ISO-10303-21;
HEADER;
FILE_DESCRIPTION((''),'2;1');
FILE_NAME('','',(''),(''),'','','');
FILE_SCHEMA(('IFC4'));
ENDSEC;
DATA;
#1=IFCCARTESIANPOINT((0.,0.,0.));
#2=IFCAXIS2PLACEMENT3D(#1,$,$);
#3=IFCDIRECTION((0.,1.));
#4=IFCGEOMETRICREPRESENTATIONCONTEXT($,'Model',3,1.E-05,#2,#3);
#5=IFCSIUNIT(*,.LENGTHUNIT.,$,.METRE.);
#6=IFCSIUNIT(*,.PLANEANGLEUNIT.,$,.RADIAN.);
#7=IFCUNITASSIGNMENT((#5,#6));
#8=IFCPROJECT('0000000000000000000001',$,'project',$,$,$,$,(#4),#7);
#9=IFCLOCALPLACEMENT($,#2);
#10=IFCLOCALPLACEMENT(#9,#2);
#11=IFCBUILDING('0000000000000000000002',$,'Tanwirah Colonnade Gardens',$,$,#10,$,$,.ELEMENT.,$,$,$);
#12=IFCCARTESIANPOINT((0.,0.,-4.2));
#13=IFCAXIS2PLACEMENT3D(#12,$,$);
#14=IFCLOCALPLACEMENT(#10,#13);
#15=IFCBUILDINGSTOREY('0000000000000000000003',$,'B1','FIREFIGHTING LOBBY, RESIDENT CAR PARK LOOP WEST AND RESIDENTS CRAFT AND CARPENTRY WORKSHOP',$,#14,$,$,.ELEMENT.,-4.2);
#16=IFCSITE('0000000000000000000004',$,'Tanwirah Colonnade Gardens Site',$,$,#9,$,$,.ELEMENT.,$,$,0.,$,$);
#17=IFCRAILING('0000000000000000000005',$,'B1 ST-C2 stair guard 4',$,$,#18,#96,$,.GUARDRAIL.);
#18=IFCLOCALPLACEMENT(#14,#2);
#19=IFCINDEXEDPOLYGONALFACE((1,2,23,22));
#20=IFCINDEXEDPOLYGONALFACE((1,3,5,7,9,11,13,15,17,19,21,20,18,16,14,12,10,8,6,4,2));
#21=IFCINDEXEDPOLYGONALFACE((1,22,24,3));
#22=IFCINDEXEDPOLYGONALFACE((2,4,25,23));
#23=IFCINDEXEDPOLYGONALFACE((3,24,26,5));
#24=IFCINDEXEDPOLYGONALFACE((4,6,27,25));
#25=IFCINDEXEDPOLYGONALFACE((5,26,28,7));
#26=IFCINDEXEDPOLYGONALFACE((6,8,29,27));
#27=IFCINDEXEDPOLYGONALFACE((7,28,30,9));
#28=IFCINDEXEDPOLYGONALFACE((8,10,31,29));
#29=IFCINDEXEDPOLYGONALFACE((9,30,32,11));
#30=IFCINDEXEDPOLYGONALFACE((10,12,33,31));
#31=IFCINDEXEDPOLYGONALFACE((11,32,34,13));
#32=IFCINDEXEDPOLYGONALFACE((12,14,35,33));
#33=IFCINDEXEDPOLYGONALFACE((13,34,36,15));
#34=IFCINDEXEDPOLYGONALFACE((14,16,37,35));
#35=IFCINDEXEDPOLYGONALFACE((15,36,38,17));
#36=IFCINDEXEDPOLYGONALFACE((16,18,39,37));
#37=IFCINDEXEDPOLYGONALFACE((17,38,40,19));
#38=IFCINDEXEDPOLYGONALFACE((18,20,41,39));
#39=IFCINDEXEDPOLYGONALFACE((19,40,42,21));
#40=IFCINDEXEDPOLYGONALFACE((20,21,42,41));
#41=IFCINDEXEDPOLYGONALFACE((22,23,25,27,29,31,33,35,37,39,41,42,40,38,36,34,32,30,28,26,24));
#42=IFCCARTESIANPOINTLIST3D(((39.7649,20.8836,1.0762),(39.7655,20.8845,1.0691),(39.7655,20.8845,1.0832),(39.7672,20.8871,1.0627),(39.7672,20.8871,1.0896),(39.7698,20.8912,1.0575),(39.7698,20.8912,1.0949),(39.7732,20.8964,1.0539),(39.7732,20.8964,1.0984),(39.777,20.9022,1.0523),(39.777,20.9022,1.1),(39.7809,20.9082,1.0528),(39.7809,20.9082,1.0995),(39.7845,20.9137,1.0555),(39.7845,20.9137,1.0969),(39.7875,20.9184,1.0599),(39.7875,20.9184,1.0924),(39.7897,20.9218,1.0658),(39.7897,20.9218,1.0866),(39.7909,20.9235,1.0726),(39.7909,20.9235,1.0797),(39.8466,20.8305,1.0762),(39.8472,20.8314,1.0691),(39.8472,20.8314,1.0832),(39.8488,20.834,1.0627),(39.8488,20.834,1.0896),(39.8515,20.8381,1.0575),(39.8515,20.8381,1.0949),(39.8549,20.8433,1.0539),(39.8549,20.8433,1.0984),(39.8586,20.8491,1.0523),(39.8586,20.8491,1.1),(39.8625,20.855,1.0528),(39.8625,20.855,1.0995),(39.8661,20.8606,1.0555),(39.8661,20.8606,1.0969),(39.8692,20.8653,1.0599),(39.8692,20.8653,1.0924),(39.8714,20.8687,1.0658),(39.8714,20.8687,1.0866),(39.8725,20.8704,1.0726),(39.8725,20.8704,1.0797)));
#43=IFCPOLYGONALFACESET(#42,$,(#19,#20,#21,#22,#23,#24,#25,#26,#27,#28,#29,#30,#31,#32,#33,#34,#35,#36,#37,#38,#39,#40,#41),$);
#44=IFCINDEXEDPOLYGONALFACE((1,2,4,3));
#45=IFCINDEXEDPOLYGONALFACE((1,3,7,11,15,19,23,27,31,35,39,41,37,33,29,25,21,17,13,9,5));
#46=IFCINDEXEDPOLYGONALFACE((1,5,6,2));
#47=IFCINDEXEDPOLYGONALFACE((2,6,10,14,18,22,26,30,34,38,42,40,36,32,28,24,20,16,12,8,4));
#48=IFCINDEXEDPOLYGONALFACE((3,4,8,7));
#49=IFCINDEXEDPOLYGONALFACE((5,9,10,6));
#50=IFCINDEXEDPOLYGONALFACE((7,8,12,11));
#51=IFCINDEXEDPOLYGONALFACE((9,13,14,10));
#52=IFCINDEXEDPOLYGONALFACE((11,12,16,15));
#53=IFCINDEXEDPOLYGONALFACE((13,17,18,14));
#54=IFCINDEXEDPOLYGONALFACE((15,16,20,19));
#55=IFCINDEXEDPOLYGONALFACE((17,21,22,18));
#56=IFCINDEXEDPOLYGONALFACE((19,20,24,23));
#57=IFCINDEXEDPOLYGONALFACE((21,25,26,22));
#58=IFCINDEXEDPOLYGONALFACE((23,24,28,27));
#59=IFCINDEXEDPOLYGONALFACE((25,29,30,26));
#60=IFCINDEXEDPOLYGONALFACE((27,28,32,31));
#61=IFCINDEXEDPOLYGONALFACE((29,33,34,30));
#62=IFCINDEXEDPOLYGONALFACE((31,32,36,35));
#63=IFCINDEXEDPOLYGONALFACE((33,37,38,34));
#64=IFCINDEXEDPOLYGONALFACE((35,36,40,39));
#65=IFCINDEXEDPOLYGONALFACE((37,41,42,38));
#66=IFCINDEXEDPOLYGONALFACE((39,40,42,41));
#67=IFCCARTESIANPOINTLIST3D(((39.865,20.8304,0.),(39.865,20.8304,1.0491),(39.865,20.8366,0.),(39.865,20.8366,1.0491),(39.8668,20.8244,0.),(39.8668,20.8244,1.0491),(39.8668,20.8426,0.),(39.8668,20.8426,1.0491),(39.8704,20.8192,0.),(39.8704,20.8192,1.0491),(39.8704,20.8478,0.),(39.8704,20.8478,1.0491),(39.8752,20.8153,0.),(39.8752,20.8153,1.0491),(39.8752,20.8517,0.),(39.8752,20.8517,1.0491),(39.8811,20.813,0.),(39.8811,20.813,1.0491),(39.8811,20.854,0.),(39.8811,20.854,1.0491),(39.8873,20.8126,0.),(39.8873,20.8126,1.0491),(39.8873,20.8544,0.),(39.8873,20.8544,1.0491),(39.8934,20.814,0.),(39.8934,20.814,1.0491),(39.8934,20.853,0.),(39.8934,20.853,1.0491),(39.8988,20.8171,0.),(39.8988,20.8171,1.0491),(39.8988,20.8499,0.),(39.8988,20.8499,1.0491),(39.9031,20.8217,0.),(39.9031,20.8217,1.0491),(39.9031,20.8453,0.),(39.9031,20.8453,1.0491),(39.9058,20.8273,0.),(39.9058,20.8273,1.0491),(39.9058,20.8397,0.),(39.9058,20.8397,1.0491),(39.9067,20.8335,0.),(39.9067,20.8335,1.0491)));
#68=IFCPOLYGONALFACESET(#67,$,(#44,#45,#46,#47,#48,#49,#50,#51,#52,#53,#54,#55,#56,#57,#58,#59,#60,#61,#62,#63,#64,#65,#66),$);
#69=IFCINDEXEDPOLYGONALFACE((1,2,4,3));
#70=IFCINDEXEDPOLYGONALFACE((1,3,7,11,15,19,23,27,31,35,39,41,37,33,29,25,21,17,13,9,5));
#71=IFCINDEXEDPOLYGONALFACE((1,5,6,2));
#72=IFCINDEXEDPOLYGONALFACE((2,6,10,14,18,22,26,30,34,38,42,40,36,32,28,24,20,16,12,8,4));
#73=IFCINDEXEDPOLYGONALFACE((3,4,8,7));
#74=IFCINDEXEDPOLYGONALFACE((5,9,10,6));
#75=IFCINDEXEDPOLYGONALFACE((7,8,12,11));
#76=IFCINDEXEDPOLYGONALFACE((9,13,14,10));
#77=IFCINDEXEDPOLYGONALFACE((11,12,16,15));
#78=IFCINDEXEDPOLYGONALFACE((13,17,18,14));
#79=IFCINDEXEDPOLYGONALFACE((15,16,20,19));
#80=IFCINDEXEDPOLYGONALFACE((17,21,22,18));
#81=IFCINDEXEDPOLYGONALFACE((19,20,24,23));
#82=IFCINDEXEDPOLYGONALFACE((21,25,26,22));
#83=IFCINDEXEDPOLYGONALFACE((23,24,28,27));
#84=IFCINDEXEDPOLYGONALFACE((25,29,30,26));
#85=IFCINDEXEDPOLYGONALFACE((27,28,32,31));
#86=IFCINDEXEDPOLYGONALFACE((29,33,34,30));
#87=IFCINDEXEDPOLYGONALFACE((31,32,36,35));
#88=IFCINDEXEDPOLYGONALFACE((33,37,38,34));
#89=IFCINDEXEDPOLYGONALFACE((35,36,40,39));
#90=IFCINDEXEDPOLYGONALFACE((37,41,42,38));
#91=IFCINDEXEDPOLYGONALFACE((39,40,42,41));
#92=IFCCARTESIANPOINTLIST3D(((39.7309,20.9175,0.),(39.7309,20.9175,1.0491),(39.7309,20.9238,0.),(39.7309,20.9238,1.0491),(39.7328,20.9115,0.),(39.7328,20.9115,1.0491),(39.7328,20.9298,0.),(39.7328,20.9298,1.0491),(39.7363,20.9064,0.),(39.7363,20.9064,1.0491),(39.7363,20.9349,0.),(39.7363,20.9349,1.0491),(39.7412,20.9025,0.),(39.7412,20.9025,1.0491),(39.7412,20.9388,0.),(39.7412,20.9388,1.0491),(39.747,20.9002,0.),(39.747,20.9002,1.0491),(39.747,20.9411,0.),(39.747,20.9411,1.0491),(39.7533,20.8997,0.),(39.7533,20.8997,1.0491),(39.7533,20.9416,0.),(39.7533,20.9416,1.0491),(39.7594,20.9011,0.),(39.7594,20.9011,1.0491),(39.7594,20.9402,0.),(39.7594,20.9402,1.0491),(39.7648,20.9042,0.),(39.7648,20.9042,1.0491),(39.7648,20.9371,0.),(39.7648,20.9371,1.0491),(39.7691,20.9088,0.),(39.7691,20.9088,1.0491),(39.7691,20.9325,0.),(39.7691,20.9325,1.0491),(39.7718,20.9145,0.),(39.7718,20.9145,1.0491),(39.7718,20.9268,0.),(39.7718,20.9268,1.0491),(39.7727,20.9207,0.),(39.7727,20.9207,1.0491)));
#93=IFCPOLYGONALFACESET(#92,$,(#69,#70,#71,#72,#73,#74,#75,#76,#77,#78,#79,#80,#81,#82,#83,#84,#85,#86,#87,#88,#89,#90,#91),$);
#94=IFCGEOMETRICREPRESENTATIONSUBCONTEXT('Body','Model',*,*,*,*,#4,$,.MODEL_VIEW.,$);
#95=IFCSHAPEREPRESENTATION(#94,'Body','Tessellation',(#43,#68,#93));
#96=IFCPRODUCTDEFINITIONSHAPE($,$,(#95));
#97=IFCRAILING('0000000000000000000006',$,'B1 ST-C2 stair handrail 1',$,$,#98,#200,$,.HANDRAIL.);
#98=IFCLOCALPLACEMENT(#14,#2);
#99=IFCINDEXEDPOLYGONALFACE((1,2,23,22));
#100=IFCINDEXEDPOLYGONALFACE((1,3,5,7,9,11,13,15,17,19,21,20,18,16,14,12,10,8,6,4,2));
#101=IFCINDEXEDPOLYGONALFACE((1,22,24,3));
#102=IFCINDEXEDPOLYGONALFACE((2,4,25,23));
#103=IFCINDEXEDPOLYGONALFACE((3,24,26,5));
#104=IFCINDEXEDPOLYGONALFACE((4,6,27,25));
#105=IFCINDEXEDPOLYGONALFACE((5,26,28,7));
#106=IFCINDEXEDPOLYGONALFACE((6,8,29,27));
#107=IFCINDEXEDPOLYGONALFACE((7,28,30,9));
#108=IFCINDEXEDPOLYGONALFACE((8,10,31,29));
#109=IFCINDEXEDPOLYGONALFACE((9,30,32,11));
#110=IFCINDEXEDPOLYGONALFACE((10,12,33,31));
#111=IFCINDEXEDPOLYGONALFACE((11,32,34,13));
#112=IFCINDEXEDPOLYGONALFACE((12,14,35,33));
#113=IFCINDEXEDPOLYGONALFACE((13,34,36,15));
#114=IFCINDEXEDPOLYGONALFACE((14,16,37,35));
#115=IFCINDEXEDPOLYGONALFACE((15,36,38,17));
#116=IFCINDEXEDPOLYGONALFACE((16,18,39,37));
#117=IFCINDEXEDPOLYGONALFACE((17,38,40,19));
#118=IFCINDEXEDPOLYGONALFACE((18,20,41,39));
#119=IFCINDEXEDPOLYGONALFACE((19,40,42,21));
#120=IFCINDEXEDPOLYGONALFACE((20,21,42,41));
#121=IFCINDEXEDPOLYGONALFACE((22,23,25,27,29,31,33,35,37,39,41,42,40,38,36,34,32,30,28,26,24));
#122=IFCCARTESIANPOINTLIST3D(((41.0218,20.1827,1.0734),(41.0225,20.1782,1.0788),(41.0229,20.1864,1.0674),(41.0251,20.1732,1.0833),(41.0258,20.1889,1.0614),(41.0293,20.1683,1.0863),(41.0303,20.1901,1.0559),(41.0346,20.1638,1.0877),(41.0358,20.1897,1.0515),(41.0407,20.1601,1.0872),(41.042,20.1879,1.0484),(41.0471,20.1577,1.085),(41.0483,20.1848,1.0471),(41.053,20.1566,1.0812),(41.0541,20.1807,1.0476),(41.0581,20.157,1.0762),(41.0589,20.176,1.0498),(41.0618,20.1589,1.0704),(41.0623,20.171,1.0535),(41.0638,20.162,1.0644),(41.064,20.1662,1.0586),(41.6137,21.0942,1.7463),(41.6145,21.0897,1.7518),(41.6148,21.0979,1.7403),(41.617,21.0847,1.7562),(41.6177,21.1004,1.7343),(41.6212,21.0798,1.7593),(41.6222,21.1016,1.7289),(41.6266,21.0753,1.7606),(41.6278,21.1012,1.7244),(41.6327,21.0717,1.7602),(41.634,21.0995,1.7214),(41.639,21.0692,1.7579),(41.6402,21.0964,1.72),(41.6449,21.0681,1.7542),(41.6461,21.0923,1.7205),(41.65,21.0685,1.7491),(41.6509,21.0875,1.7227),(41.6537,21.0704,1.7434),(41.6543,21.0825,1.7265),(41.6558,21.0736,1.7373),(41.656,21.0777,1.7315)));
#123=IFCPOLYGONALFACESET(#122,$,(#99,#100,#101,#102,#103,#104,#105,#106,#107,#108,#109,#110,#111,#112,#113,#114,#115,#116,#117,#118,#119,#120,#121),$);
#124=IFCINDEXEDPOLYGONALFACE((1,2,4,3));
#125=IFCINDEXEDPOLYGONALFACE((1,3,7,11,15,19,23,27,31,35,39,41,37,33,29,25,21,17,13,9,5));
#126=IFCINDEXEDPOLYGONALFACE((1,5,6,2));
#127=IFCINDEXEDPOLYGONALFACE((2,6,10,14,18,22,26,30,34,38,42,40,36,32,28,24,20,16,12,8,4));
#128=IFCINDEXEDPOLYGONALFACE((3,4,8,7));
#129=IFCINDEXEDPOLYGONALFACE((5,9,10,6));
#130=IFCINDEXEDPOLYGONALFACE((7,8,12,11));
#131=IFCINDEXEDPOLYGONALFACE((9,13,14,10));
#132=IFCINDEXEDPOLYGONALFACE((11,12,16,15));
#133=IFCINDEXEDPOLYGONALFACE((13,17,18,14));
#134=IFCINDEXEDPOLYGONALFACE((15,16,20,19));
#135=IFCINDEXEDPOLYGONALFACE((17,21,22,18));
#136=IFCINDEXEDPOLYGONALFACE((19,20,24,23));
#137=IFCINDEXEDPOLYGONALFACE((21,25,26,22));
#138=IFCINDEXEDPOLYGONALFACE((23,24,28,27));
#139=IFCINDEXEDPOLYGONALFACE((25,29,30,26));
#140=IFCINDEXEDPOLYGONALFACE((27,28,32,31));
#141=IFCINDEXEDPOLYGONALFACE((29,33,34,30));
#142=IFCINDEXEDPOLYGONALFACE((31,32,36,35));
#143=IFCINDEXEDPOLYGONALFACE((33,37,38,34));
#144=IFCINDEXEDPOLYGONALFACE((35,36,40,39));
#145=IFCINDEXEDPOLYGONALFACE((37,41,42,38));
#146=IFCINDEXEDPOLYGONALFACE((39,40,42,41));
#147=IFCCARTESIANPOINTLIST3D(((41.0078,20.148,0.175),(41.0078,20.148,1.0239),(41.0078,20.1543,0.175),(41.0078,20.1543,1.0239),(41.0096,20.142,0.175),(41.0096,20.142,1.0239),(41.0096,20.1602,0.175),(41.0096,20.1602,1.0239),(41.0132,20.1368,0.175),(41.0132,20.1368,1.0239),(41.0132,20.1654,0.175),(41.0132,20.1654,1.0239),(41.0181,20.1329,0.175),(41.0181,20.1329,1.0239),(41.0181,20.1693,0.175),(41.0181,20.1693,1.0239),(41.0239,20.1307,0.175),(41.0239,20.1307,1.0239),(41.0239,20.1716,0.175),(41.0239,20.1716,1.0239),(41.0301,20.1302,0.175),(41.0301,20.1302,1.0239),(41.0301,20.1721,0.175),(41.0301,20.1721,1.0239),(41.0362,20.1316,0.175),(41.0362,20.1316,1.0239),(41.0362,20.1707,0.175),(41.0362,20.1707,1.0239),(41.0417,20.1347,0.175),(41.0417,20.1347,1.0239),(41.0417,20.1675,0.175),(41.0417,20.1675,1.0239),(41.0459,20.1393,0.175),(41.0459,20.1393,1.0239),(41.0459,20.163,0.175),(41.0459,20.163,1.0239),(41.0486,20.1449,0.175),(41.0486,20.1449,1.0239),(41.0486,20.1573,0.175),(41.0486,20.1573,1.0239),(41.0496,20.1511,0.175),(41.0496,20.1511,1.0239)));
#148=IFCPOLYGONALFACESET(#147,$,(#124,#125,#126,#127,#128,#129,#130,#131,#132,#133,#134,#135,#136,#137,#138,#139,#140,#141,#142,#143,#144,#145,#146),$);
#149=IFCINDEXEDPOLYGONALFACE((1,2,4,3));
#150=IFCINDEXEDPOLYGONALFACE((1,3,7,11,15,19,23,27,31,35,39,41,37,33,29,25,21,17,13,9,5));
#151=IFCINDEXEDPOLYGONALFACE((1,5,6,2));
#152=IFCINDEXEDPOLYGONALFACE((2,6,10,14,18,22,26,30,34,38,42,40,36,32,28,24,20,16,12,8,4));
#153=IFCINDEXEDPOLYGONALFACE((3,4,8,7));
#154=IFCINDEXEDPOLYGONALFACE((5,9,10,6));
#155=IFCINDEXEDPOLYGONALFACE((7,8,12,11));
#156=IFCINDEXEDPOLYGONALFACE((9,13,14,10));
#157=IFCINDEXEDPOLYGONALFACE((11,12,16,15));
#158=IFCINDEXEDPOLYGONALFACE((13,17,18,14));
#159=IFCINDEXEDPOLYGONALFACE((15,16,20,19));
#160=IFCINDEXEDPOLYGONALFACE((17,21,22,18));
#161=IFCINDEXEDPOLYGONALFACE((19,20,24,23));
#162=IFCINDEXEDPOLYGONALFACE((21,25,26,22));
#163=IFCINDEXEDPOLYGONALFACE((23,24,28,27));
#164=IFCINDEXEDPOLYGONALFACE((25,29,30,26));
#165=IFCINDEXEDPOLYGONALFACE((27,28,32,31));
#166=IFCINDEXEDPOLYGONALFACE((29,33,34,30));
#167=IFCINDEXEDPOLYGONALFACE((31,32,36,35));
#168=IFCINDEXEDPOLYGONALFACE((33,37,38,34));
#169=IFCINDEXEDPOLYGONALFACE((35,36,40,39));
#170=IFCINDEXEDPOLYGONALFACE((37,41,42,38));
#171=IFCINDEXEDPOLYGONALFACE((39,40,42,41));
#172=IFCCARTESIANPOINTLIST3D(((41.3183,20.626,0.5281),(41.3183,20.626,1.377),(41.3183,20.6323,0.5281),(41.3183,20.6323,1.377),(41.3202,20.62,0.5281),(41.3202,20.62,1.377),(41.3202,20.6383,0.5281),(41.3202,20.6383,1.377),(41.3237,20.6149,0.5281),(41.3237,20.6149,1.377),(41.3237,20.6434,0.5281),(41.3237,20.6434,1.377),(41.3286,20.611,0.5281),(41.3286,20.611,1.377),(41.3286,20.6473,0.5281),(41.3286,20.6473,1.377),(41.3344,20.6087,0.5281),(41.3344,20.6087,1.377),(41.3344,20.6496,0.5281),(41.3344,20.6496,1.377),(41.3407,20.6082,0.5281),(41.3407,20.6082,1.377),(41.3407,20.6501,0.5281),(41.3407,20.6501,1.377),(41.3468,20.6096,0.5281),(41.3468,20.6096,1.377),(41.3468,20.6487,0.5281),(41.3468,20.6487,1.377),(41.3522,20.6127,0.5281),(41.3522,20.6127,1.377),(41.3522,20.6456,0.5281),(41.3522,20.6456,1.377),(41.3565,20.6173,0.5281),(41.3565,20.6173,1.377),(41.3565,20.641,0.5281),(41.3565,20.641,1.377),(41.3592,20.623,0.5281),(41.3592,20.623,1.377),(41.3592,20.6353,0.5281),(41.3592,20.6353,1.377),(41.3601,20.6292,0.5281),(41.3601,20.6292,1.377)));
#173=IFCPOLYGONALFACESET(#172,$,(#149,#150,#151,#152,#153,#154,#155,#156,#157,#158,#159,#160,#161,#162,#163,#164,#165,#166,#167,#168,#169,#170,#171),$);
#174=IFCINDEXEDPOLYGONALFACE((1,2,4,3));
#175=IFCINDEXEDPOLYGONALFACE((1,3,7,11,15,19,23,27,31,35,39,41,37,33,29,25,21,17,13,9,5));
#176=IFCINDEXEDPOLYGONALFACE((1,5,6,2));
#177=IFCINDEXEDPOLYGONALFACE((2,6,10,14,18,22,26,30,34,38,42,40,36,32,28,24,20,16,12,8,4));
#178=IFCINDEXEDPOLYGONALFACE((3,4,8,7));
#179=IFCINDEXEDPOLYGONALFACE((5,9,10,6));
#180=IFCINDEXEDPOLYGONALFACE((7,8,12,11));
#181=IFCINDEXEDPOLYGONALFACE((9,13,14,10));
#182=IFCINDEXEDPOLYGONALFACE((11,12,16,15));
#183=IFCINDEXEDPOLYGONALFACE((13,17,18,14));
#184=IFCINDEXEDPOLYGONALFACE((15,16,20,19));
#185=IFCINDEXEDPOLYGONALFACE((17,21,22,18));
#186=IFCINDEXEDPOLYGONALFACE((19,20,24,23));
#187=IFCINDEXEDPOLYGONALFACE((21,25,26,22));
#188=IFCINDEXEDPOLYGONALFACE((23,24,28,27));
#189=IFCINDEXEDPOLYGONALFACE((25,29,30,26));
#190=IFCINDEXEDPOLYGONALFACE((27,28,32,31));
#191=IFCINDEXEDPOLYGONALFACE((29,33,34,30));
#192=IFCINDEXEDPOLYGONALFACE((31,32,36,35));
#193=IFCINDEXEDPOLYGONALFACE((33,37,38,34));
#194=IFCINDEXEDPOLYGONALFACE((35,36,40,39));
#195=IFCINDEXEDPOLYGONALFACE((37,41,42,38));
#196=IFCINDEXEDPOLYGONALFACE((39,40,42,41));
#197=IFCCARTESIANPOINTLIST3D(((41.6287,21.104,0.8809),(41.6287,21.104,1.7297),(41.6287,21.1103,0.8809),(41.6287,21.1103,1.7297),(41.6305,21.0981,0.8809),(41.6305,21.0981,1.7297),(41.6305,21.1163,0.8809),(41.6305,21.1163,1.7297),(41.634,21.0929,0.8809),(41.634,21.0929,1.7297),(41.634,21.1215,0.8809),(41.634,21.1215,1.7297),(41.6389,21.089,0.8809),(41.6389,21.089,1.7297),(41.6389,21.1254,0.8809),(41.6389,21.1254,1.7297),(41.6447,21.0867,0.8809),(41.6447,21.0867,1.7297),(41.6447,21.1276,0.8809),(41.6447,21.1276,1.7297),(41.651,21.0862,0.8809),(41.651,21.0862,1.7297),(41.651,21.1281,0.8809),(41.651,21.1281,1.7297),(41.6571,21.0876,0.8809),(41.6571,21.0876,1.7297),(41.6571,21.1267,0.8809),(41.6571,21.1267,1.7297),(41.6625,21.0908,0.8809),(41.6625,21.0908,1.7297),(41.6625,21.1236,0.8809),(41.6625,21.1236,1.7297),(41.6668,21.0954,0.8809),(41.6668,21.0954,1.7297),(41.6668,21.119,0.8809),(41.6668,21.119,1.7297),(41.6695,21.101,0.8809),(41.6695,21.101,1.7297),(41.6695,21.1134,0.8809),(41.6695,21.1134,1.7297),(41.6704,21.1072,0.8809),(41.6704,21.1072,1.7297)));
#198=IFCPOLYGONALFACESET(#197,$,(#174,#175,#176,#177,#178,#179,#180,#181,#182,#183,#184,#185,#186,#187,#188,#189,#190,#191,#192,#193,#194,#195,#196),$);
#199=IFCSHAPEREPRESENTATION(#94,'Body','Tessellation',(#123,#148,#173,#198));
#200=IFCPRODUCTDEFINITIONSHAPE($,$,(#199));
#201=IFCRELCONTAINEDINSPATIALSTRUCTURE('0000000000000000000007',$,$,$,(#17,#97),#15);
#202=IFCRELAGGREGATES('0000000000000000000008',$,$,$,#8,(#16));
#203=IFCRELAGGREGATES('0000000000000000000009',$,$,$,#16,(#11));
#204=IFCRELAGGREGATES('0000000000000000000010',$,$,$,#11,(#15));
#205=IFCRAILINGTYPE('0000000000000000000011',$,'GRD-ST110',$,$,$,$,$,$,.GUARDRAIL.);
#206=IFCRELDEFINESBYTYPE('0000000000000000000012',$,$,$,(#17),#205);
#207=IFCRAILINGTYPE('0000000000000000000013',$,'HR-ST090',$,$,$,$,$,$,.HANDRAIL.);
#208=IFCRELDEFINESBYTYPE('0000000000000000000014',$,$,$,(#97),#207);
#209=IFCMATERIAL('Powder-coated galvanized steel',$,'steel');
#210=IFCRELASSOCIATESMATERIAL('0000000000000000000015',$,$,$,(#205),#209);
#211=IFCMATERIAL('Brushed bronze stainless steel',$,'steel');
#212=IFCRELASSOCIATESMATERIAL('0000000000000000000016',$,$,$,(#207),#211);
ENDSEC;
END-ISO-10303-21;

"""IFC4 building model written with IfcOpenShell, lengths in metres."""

from ifc_helpers import new_model, si_unit, direction, frame, origin, origin_2d, place, context, subcontext, project, spatial, circle, extrude, material, type_object, element, save


model = new_model("IFC4")

# Units and contexts
model_context = context("Model", 3, precision=1e-05, world=origin(), true_north=direction((0.0, 1.0)))
body_context = subcontext(model_context, "Body", "Model", "MODEL_VIEW")
ifc_project = project(units=[si_unit("LENGTHUNIT", "METRE"), si_unit("PLANEANGLEUNIT", "RADIAN")], contexts=[model_context])

# Site, building, storey
site_placement = place(None, origin())
site = spatial("IfcSite", under=ifc_project, at=site_placement, Name="Tanwirah Colonnade Gardens Site", CompositionType="ELEMENT", RefElevation=0.0)
building_placement = place(site_placement, origin())
building = spatial("IfcBuilding", under=site, at=building_placement, Name="Tanwirah Colonnade Gardens", CompositionType="ELEMENT")
storey_placement = place(building_placement, frame((0.0, 0.0, -4.2)))
storey = spatial("IfcBuildingStorey", under=building, at=storey_placement, Name="B1", Description="FIREFIGHTING LOBBY, RESIDENT CAR PARK LOOP WEST AND RESIDENTS CRAFT AND CARPENTRY WORKSHOP", CompositionType="ELEMENT", Elevation=-4.2)

# Railings
ifc_material_1 = material(Name="Powder-coated galvanized steel", Category="steel")
railing_type_1 = type_object("IfcRailingType", Name="GRD-ST110", PredefinedType="GUARDRAIL", material=ifc_material_1)
railing_1_placement = place(storey_placement, frame((39.8857, 20.8335, 0.0)))
element("IfcRailing", 1, at=railing_1_placement, inside=storey, type_object=railing_type_1, Name="B1 ST-C2 stair guard 4", PredefinedType="GUARDRAIL", context=body_context, shape_type="SweptSolid", body=[
    extrude(circle(Radius=0.0239, at=origin_2d()), frame((-0.0261, 0.0171, 1.0762), z_axis=(-0.838339, 0.545149, 0.0), x_axis=(-0.545149, -0.838339, 0.0)), (0.0, 0.0, 1.0), 0.0974),
    extrude(circle(Radius=0.021, at=origin_2d()), origin(), (0.0, 0.0, 1.0), 1.0491),
    extrude(circle(Radius=0.021, at=origin_2d()), frame((-0.134, 0.0872, 0.0)), (0.0, 0.0, 1.0), 1.0491),
])
ifc_material_2 = material(Name="Brushed bronze stainless steel", Category="steel")
railing_type_2 = type_object("IfcRailingType", Name="HR-ST090", PredefinedType="HANDRAIL", material=ifc_material_2)
railing_2_placement = place(storey_placement, frame((41.0286, 20.1511, 0.175)))
element("IfcRailing", 2, at=railing_2_placement, inside=storey, type_object=railing_type_2, Name="B1 ST-C2 stair handrail 1", PredefinedType="HANDRAIL", context=body_context, shape_type="SweptSolid", body=[
    extrude(circle(Radius=0.0239, at=origin_2d()), frame((0.0144, 0.0222, 0.8923), z_axis=(0.463055, 0.713064, 0.526422), x_axis=(-0.838678, 0.544627, 0.0)), (0.0, 0.0, 1.0), 1.2783),
    extrude(circle(Radius=0.021, at=origin_2d()), origin(), (0.0, 0.0, 1.0), 0.8489),
    extrude(circle(Radius=0.021, at=origin_2d()), frame((0.3105, 0.478, 0.353)), (0.0, 0.0, 1.0), 0.8489),
    extrude(circle(Radius=0.021, at=origin_2d()), frame((0.6208, 0.9561, 0.7058)), (0.0, 0.0, 1.0), 0.8489),
])

save(model, "model.ifc")
